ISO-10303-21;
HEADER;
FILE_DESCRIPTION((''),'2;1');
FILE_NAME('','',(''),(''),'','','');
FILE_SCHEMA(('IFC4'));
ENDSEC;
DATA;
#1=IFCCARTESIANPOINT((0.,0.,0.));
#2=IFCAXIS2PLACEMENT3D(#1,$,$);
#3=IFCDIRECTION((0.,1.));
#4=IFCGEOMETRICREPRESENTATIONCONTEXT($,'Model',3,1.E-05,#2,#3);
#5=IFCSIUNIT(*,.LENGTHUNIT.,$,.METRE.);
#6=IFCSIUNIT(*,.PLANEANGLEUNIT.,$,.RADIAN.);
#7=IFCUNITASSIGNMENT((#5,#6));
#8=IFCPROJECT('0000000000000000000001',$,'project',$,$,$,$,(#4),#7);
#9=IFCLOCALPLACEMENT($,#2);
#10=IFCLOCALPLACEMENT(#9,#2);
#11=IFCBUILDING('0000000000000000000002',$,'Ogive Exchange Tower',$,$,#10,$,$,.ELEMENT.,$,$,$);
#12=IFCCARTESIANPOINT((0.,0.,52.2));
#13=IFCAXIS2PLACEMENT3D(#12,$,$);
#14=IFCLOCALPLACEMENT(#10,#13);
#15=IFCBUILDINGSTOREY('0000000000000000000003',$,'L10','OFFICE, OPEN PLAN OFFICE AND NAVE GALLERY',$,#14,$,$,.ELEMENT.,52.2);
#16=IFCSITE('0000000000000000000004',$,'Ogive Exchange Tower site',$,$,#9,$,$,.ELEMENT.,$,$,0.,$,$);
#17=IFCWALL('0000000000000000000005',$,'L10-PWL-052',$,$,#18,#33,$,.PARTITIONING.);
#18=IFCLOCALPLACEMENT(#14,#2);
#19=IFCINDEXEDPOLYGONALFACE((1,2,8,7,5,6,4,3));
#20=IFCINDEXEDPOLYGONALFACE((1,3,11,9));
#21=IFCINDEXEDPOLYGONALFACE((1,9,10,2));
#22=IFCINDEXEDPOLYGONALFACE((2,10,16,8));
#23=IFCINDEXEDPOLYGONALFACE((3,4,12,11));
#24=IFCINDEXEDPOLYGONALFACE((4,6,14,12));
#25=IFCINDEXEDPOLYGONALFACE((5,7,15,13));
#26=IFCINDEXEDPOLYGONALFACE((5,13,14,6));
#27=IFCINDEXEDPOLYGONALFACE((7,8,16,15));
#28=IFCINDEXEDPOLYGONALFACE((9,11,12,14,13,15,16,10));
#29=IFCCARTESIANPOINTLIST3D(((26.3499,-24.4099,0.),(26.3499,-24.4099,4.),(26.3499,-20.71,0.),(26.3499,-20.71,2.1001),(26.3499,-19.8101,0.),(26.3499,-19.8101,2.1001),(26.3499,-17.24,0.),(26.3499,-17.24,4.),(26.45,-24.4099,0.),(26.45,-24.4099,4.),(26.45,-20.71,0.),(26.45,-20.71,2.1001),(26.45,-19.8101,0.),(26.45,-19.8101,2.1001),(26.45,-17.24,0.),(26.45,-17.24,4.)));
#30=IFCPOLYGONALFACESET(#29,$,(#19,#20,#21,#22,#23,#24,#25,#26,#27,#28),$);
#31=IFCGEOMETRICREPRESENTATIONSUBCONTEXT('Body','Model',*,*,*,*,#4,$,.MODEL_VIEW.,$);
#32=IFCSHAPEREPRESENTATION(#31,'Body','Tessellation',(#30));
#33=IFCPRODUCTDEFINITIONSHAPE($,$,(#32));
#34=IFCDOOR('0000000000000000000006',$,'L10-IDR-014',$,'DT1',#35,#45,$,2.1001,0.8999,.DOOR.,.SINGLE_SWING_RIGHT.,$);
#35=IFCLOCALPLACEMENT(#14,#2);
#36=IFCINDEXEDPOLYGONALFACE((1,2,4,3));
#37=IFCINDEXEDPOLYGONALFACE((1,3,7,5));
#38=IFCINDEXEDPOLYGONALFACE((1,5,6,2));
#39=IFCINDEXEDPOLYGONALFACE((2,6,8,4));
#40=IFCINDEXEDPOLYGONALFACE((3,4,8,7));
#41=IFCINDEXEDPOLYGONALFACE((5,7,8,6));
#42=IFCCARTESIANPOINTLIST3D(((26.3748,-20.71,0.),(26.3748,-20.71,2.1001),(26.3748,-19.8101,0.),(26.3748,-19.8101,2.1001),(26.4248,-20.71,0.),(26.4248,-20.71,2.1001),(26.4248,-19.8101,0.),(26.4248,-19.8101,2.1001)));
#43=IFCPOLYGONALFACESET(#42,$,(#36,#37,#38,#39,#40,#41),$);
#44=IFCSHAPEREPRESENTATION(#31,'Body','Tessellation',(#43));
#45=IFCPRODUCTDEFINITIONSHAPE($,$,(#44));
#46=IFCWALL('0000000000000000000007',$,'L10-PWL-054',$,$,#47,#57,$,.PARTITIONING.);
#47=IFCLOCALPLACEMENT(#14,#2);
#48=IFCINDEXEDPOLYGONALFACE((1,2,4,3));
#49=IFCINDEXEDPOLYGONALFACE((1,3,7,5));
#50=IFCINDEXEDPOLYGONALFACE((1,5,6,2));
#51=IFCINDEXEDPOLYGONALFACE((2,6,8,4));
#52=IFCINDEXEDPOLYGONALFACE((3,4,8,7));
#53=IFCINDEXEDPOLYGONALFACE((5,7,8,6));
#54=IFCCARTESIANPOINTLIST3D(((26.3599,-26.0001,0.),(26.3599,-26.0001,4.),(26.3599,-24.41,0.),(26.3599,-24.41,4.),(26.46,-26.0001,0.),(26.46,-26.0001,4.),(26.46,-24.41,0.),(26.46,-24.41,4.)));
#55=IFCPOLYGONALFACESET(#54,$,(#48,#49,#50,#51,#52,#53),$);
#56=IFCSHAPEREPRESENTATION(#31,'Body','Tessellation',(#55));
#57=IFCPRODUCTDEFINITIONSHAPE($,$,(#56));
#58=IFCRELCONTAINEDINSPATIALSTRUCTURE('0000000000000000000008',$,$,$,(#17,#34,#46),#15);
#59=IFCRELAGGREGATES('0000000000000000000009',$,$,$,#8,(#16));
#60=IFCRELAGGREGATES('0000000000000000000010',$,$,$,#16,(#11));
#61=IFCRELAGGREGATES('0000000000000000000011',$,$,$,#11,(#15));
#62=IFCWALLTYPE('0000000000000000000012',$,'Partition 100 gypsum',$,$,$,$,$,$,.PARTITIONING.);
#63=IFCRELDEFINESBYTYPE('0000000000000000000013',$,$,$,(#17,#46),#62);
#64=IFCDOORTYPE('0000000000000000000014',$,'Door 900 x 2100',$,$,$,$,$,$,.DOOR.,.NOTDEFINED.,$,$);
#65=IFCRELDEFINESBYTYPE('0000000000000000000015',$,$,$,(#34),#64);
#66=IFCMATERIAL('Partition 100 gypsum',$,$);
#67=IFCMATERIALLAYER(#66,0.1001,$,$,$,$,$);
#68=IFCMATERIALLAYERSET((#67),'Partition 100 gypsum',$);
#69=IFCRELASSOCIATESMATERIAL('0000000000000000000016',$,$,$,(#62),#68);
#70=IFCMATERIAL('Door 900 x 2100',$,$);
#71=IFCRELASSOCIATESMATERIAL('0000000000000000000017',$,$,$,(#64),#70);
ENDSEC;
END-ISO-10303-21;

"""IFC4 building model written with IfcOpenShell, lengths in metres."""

from ifc_helpers import new_model, si_unit, direction, frame, frame_2d, origin, place, context, subcontext, project, spatial, rectangle, extrude, material, layer, layer_set, type_object, element, fill, save


model = new_model("IFC4")

# Units and contexts
model_context = context("Model", 3, precision=1e-05, world=origin(), true_north=direction((0.0, 1.0)))
body_context = subcontext(model_context, "Body", "Model", "MODEL_VIEW")
ifc_project = project(units=[si_unit("LENGTHUNIT", "METRE"), si_unit("PLANEANGLEUNIT", "RADIAN")], contexts=[model_context])

# Site, building, storey
site_placement = place(None, origin())
site = spatial("IfcSite", under=ifc_project, at=site_placement, Name="Ogive Exchange Tower site", CompositionType="ELEMENT", RefElevation=0.0)
building_placement = place(site_placement, origin())
building = spatial("IfcBuilding", under=site, at=building_placement, Name="Ogive Exchange Tower", CompositionType="ELEMENT")
storey_placement = place(building_placement, frame((0.0, 0.0, 52.2)))
storey = spatial("IfcBuildingStorey", under=building, at=storey_placement, Name="L10", Description="OFFICE, OPEN PLAN OFFICE AND NAVE GALLERY", CompositionType="ELEMENT", Elevation=52.2)

# Wall, opening, door
ifc_material_1 = material(Name="Partition 100 gypsum")
ifc_layer_1 = layer(ifc_material_1, 0.1001)
ifc_layer_set_1 = layer_set([ifc_layer_1], Name="Partition 100 gypsum")
wall_type_1 = type_object("IfcWallType", Name="Partition 100 gypsum", PredefinedType="PARTITIONING", material=ifc_layer_set_1)
wall_1_placement = place(storey_placement, frame((26.3999, -24.4099, 0.0), z_axis=(0.0, 0.0, 1.0), x_axis=(0.0, 1.0, 0.0)))
wall_1 = element("IfcWall", 1, at=wall_1_placement, inside=storey, type_object=wall_type_1, Name="L10-PWL-052", PredefinedType="PARTITIONING", context=body_context, shape_type="SweptSolid", body=[
    extrude(rectangle(XDim=7.1699, YDim=0.1001, at=frame_2d((3.585, 0.0))), origin(), (0.0, 0.0, 1.0), 4.0),
])
opening_1_placement = place(wall_1_placement, frame((3.7, 0.0, 0.0)))
opening_1 = element("IfcOpeningElement", 2, at=opening_1_placement, cuts=wall_1, PredefinedType="OPENING", context=body_context, shape_type="SweptSolid", body=[
    extrude(rectangle(XDim=0.8999, YDim=2.1001, at=frame_2d((0.45, 1.05))), frame((0.0, 0.0601, 0.0), z_axis=(0.0, -1.0, 0.0), x_axis=(1.0, 0.0, 0.0)), (0.0, 0.0, 1.0), 0.1201),
])
ifc_material_2 = material(Name="Door 900 x 2100")
door_type_1 = type_object("IfcDoorType", Name="Door 900 x 2100", OperationType="NOTDEFINED", PredefinedType="DOOR", material=ifc_material_2)
door_1_placement = place(opening_1_placement, frame((0.8999, 0.0, 0.0), z_axis=(0.0, 0.0, 1.0), x_axis=(-1.0, 0.0, 0.0)))
door_1 = element("IfcDoor", 3, at=door_1_placement, inside=storey, type_object=door_type_1, Name="L10-IDR-014", ObjectType="DT1", OperationType="SINGLE_SWING_RIGHT", OverallHeight=2.1001, OverallWidth=0.8999, PredefinedType="DOOR", context=body_context, shape_type="SweptSolid", body=[
    extrude(rectangle(XDim=0.8999, YDim=2.1001, at=frame_2d((0.45, 1.05))), frame((0.0, 0.0249, 0.0), z_axis=(0.0, -1.0, 0.0), x_axis=(1.0, 0.0, 0.0)), (0.0, 0.0, 1.0), 0.05),
])
fill(opening_1, door_1)

# Wall
wall_2_placement = place(storey_placement, frame((26.4099, -26.0, 0.0), z_axis=(0.0, 0.0, 1.0), x_axis=(0.0, 1.0, 0.0)))
element("IfcWall", 4, at=wall_2_placement, inside=storey, type_object=wall_type_1, Name="L10-PWL-054", PredefinedType="PARTITIONING", context=body_context, shape_type="SweptSolid", body=[
    extrude(rectangle(XDim=1.5901, YDim=0.1001, at=frame_2d((0.7949, 0.0))), origin(), (0.0, 0.0, 1.0), 4.0),
])

save(model, "model.ifc")
